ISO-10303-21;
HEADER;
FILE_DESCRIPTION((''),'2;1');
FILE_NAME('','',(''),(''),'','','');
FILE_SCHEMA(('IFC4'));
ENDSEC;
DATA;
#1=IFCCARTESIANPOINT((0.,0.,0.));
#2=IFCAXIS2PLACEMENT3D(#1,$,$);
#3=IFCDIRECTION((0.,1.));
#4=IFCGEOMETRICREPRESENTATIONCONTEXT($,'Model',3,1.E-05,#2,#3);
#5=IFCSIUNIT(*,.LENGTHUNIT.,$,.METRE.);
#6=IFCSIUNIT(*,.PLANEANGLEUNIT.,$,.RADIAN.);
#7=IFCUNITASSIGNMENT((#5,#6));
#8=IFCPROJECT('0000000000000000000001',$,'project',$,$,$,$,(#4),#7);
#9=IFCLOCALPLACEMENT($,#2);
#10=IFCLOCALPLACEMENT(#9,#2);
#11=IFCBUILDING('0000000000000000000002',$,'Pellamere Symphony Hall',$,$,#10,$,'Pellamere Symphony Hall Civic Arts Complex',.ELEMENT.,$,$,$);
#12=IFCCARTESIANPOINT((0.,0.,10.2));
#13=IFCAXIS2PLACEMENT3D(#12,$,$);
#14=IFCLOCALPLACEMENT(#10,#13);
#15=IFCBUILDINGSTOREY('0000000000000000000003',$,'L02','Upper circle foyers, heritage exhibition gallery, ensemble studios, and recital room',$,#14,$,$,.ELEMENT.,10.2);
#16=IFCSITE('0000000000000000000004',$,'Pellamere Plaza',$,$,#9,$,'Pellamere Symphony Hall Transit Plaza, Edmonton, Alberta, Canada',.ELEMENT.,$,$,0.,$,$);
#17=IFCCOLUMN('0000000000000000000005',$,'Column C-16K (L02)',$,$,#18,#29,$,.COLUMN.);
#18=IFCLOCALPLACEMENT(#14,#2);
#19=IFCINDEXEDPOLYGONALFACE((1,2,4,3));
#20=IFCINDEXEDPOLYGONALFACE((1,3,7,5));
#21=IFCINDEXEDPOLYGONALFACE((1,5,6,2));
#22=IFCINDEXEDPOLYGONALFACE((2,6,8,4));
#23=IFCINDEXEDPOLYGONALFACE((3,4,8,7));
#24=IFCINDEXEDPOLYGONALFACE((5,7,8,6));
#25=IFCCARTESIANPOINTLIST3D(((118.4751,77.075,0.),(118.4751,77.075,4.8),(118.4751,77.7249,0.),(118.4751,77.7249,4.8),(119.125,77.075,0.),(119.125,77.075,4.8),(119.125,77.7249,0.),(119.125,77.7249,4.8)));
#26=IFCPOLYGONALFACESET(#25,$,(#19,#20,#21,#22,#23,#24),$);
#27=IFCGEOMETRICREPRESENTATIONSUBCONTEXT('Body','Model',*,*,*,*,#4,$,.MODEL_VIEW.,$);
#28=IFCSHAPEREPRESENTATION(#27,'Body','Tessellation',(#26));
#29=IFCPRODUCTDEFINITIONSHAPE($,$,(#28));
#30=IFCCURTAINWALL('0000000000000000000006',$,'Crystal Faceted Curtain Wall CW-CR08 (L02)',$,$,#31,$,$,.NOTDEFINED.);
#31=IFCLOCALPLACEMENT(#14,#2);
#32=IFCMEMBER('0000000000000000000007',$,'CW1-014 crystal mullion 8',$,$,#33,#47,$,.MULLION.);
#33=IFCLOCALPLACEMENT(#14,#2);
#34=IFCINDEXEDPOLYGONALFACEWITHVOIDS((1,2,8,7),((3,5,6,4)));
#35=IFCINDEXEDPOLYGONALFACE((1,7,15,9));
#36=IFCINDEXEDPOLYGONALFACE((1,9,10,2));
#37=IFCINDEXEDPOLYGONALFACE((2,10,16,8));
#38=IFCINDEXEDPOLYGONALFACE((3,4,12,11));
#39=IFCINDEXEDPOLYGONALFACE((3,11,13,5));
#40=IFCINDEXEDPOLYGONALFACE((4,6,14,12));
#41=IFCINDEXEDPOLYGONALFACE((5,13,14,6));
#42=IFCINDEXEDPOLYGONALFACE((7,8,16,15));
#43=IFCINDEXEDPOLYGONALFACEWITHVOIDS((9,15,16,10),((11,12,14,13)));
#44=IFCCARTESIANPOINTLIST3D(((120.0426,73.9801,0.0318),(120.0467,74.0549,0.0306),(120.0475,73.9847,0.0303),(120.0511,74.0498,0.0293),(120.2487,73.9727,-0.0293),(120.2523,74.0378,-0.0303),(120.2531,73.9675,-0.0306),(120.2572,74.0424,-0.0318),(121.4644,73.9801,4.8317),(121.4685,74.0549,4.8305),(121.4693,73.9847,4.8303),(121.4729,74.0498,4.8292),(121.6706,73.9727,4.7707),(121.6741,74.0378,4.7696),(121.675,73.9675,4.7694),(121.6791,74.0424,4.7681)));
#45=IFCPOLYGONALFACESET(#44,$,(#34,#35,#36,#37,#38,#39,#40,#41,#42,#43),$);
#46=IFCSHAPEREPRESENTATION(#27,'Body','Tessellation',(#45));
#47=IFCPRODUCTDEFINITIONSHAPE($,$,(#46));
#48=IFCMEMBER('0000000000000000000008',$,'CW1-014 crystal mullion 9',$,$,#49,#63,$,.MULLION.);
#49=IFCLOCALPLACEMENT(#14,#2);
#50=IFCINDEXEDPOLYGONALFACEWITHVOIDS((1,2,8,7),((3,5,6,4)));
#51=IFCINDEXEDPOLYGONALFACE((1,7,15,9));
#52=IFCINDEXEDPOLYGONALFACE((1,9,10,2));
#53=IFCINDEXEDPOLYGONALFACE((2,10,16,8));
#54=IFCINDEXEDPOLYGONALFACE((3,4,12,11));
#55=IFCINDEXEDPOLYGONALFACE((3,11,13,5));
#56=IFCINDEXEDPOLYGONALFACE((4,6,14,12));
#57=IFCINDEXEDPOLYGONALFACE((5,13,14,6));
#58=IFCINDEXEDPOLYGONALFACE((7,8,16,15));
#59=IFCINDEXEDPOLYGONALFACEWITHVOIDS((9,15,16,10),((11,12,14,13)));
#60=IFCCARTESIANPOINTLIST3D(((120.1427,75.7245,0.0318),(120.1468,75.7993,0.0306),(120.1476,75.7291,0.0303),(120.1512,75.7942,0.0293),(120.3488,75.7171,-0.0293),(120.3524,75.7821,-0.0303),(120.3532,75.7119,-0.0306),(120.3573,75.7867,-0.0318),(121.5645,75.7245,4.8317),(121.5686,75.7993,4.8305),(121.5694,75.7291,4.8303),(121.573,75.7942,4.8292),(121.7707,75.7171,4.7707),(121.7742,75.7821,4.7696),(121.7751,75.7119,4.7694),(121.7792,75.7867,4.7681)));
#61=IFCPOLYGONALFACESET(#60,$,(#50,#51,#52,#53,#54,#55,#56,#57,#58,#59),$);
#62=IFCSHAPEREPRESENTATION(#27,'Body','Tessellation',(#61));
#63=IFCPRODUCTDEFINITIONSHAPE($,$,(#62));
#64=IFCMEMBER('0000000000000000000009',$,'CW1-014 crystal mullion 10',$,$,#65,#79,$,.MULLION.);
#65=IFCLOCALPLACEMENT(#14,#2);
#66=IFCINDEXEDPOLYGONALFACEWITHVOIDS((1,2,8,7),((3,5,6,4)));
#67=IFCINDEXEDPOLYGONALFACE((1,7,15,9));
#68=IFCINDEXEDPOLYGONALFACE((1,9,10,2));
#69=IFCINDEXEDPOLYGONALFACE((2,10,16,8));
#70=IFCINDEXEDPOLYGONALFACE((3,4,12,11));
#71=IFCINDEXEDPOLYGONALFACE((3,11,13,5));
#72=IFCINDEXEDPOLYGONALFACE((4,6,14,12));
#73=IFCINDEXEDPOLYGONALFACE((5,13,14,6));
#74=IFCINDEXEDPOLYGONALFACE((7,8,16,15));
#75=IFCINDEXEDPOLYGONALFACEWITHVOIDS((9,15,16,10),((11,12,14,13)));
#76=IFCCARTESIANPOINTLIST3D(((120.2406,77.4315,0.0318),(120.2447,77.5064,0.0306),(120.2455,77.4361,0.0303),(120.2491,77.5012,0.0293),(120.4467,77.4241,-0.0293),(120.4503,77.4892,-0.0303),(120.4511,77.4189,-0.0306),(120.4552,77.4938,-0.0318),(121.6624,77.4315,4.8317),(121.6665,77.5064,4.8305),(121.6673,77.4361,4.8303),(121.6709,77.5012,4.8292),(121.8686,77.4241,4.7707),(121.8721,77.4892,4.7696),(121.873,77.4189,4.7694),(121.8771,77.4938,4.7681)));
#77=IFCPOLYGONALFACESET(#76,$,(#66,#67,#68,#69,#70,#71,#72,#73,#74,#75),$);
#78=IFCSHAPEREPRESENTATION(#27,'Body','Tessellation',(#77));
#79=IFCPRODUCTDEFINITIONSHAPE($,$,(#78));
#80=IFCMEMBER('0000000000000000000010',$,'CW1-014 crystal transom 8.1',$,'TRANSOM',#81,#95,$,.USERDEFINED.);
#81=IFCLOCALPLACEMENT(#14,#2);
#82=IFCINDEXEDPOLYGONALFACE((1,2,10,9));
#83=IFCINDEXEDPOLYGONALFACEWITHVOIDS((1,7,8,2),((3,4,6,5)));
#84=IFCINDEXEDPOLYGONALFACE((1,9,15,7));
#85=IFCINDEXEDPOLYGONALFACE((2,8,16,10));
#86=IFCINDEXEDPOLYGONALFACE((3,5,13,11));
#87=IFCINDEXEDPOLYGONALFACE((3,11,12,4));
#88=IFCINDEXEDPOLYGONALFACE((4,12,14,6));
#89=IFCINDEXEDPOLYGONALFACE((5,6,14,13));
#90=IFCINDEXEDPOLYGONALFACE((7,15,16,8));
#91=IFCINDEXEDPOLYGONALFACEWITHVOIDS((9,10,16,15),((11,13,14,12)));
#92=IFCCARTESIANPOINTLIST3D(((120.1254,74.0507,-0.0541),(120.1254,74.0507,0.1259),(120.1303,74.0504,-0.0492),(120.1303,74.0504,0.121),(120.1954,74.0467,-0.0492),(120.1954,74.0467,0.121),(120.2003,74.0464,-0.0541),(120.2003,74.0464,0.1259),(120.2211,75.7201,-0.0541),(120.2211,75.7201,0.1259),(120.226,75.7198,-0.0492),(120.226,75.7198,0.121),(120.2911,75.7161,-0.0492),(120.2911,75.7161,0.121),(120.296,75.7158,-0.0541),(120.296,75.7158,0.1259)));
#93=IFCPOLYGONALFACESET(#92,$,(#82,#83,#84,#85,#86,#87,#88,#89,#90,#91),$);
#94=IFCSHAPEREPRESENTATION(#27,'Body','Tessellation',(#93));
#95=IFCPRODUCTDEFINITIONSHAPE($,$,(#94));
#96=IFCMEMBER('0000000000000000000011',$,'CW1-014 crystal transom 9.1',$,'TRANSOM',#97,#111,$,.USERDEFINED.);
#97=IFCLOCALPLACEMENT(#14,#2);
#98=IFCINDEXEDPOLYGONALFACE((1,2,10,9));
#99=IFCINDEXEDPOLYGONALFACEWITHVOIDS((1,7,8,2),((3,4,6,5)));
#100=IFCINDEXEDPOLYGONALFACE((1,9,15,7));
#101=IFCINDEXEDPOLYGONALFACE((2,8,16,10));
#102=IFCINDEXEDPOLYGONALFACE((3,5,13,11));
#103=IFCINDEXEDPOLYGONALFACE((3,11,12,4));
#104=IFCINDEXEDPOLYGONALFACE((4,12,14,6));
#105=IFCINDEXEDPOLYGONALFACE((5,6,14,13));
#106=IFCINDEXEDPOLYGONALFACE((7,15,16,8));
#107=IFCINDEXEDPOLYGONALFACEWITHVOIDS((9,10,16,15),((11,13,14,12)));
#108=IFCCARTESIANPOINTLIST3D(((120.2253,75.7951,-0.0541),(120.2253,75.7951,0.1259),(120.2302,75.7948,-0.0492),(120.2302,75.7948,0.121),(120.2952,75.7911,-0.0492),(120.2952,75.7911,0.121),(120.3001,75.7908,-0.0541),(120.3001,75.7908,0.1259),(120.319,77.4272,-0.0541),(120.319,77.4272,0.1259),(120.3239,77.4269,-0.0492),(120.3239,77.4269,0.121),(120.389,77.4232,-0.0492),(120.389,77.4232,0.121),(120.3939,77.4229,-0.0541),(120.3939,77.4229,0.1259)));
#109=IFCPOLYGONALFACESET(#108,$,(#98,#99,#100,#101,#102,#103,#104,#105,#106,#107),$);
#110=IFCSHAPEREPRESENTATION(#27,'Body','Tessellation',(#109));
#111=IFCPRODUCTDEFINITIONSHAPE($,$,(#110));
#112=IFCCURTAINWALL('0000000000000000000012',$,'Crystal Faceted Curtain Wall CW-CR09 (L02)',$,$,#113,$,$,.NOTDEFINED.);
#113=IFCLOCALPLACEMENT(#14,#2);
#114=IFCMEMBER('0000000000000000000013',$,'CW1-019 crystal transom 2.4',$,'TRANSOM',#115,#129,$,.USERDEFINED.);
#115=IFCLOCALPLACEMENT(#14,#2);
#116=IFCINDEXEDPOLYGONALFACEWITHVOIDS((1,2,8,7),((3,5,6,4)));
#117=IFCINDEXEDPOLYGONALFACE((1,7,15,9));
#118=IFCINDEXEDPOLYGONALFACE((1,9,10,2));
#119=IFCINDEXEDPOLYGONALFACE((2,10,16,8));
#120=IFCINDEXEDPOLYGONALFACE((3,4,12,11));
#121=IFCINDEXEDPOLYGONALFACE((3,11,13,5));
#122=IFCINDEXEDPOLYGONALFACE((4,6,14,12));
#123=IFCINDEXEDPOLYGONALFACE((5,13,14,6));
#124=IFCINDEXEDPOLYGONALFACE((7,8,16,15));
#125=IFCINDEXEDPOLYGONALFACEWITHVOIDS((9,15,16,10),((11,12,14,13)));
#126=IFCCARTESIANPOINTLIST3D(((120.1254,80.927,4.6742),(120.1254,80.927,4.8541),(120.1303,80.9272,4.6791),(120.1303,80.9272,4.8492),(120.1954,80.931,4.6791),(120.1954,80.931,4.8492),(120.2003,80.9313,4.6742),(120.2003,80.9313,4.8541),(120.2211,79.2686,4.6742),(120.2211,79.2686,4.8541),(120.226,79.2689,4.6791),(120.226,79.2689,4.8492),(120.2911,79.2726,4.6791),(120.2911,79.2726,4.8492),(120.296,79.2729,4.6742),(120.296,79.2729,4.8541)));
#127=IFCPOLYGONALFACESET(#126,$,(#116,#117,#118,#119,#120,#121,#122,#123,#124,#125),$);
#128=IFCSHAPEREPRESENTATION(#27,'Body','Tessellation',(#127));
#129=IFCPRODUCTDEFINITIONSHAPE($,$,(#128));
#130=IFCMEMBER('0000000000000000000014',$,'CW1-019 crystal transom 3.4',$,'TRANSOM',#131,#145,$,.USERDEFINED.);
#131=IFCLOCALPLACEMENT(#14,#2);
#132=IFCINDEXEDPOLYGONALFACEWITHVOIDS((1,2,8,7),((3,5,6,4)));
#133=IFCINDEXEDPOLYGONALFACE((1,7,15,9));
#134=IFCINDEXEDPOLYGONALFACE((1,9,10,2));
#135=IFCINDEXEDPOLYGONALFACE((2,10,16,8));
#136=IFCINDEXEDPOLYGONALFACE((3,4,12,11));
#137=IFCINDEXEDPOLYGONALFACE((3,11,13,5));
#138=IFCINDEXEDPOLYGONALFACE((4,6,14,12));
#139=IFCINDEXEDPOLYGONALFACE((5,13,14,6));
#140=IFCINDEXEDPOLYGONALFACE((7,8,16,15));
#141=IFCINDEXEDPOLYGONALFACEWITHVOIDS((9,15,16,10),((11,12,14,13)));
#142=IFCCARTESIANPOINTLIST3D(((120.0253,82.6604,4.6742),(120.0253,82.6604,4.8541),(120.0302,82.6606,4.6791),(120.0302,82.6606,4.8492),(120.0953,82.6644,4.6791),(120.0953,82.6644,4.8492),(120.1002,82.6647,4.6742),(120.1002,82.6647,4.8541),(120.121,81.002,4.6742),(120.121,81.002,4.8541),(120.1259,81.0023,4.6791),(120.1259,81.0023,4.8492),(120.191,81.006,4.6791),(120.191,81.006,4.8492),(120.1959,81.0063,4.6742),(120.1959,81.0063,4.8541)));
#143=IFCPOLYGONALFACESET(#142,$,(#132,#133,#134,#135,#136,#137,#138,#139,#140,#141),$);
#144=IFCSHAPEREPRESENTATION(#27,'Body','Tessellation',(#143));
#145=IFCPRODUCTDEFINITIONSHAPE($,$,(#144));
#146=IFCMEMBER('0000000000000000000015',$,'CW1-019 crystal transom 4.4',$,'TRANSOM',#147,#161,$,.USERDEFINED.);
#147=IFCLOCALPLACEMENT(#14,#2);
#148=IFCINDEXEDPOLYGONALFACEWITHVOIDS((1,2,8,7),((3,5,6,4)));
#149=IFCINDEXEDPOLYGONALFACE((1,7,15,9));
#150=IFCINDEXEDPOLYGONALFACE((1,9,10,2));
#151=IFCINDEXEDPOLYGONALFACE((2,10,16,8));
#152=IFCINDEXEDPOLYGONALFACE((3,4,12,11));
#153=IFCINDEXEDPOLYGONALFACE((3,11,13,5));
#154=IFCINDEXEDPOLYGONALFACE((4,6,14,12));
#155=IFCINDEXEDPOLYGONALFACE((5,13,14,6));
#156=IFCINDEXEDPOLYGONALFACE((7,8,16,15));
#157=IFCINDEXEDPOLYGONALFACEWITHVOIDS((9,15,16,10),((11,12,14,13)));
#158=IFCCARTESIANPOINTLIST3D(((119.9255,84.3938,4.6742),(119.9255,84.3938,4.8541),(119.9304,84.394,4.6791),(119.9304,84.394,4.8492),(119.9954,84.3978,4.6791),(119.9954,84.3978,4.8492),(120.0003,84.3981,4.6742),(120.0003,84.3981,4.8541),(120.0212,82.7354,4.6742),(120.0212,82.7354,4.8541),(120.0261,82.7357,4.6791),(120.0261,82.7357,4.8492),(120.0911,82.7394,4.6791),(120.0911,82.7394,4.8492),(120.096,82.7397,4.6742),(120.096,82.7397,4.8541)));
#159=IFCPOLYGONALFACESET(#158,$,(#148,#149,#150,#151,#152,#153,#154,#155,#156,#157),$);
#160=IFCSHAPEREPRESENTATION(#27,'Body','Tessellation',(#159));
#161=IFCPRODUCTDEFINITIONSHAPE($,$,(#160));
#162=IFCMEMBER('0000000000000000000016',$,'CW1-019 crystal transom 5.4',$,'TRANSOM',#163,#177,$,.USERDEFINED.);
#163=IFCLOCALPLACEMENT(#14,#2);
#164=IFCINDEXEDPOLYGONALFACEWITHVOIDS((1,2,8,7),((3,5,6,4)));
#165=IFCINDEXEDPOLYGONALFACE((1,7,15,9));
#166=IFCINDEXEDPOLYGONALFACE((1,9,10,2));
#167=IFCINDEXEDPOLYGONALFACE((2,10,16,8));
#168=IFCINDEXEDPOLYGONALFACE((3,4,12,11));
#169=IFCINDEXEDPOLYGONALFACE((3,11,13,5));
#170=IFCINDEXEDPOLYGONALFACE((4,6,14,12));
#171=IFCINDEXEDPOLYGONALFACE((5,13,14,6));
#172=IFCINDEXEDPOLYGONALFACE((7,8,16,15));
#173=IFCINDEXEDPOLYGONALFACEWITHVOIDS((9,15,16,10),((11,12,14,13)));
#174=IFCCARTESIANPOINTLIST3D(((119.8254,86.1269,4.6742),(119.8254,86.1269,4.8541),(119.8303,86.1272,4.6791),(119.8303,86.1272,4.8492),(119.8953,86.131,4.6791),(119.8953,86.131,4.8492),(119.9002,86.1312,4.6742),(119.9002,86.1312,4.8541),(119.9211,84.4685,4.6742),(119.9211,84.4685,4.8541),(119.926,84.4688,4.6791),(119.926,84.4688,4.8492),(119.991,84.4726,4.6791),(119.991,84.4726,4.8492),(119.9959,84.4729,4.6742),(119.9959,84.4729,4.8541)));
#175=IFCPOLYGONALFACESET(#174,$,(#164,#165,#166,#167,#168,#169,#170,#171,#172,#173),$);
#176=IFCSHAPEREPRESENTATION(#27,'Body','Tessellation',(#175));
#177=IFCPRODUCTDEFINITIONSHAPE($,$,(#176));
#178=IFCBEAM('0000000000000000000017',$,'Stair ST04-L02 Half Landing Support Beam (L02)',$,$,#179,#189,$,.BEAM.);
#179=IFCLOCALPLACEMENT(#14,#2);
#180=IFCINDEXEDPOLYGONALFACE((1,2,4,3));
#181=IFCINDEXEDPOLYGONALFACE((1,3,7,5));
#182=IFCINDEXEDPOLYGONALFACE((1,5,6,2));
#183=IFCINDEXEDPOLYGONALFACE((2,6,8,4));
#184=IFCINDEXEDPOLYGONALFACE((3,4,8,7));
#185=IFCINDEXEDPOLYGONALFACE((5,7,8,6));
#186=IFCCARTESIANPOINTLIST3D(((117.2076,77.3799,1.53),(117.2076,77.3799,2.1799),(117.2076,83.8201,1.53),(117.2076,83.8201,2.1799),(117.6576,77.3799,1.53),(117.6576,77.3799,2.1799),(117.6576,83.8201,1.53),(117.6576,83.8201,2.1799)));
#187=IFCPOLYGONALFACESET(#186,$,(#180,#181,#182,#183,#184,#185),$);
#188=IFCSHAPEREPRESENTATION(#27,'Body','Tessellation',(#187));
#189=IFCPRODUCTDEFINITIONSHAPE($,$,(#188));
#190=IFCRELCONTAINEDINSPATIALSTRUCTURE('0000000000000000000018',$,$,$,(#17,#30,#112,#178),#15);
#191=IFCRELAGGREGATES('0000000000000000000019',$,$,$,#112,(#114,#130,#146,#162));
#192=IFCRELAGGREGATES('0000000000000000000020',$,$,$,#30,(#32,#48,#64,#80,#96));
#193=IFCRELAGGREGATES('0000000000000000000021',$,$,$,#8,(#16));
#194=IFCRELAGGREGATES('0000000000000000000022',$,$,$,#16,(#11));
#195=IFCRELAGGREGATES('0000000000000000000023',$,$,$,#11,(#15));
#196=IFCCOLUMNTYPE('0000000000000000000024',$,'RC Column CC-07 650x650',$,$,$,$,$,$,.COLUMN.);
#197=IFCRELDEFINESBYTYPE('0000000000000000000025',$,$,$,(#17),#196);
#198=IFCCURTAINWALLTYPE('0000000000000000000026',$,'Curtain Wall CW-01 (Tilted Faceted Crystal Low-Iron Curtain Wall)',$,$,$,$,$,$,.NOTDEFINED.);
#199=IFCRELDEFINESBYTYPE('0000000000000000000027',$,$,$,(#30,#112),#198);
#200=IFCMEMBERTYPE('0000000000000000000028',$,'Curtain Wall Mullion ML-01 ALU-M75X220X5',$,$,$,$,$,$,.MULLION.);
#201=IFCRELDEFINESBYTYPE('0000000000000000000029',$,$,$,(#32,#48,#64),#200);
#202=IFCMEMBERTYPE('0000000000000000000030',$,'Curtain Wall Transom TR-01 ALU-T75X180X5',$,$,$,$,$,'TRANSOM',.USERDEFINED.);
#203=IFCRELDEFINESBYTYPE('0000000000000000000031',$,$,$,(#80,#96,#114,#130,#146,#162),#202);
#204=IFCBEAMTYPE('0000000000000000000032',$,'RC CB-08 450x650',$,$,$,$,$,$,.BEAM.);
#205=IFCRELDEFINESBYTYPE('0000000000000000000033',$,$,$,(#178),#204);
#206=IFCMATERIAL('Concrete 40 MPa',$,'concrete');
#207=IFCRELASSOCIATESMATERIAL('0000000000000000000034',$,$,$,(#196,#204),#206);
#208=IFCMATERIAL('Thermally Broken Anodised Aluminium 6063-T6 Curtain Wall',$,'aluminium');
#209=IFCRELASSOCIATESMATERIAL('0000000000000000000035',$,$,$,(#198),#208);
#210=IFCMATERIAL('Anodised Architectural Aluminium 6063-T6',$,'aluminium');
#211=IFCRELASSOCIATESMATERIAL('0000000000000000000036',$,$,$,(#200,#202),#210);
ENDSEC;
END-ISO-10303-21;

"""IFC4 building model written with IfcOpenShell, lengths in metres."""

from ifc_helpers import new_model, si_unit, direction, frame, origin, origin_2d, place, context, subcontext, project, spatial, rectangle, hollow_rectangle, extrude, material, material_profile, profile_set, type_object, element, aggregate, save


model = new_model("IFC4")

# Units and contexts
model_context = context("Model", 3, precision=1e-05, world=origin(), true_north=direction((0.0, 1.0)))
body_context = subcontext(model_context, "Body", "Model", "MODEL_VIEW")
ifc_project = project(units=[si_unit("LENGTHUNIT", "METRE"), si_unit("PLANEANGLEUNIT", "RADIAN")], contexts=[model_context])

# Site, building, storey
site_placement = place(None, origin())
site = spatial("IfcSite", under=ifc_project, at=site_placement, Name="Pellamere Plaza", LongName="Pellamere Symphony Hall Transit Plaza, Edmonton, Alberta, Canada", CompositionType="ELEMENT", RefElevation=0.0)
building_placement = place(site_placement, origin())
building = spatial("IfcBuilding", under=site, at=building_placement, Name="Pellamere Symphony Hall", LongName="Pellamere Symphony Hall Civic Arts Complex", CompositionType="ELEMENT")
storey_placement = place(building_placement, frame((0.0, 0.0, 10.2)))
storey = spatial("IfcBuildingStorey", under=building, at=storey_placement, Name="L02", Description="Upper circle foyers, heritage exhibition gallery, ensemble studios, and recital room", CompositionType="ELEMENT", Elevation=10.2)

# Column
ifc_material_1 = material(Name="Concrete 40 MPa", Category="concrete")
ifc_material_profile_1 = material_profile(ifc_material_1, rectangle(XDim=0.6499, YDim=0.6499, at=origin_2d()), Name="RC 650x650")
ifc_profile_set_1 = profile_set([ifc_material_profile_1], Name="Concrete 40 MPa")
column_type = type_object("IfcColumnType", Name="RC Column CC-07 650x650", PredefinedType="COLUMN", material=ifc_profile_set_1)
column_placement = place(storey_placement, frame((118.8, 77.3999, 0.0), z_axis=(0.0, 0.0, 1.0), x_axis=(1.0, 0.0, 0.0)))
element("IfcColumn", 1, at=column_placement, inside=storey, type_object=column_type, Name="Column C-16K (L02)", PredefinedType="COLUMN", context=body_context, shape_type="SweptSolid", body=[
    extrude(rectangle(XDim=0.6499, YDim=0.6499, at=origin_2d()), origin(), (0.0, 0.0, 1.0), 4.8),
])

# Curtain walls, members
ifc_material_2 = material(Name="Thermally Broken Anodised Aluminium 6063-T6 Curtain Wall", Category="aluminium")
curtain_wall_type = type_object("IfcCurtainWallType", Name="Curtain Wall CW-01 (Tilted Faceted Crystal Low-Iron Curtain Wall)", PredefinedType="NOTDEFINED", material=ifc_material_2)
curtain_wall_1_placement = place(storey_placement, origin())
curtain_wall_1 = element("IfcCurtainWall", 2, at=curtain_wall_1_placement, inside=storey, type_object=curtain_wall_type, Name="Crystal Faceted Curtain Wall CW-CR08 (L02)", PredefinedType="NOTDEFINED")
ifc_material_3 = material(Name="Anodised Architectural Aluminium 6063-T6", Category="aluminium")
ifc_material_profile_2 = material_profile(ifc_material_3, hollow_rectangle(XDim=0.075, YDim=0.22, WallThickness=0.0049, at=origin_2d()), Name="ALU-M75X220X5")
ifc_profile_set_2 = profile_set([ifc_material_profile_2], Name="Anodised Architectural Aluminium 6063-T6")
member_type_1 = type_object("IfcMemberType", Name="Curtain Wall Mullion ML-01 ALU-M75X220X5", PredefinedType="MULLION", material=ifc_profile_set_2)
member_1_placement = place(storey_placement, frame((120.1499, 74.0112, 0.0), z_axis=(0.284022, 0.0, 0.958818), x_axis=(-0.054874, -0.998361, 0.016255)))
member_1 = element("IfcMember", 3, at=member_1_placement, type_object=member_type_1, Name="CW1-014 crystal mullion 8", PredefinedType="MULLION", context=body_context, shape_type="SweptSolid", body=[
    extrude(hollow_rectangle(XDim=0.075, YDim=0.22, WallThickness=0.0049, at=origin_2d()), origin(), (0.0, 0.0, 1.0), 5.0061),
])
member_2_placement = place(storey_placement, frame((120.25, 75.7556, 0.0), z_axis=(0.284022, 0.0, 0.958818), x_axis=(-0.054874, -0.998361, 0.016255)))
member_2 = element("IfcMember", 4, at=member_2_placement, type_object=member_type_1, Name="CW1-014 crystal mullion 9", PredefinedType="MULLION", context=body_context, shape_type="SweptSolid", body=[
    extrude(hollow_rectangle(XDim=0.075, YDim=0.22, WallThickness=0.0049, at=origin_2d()), origin(), (0.0, 0.0, 1.0), 5.0061),
])
member_3_placement = place(storey_placement, frame((120.3479, 77.4626, 0.0), z_axis=(0.284022, 0.0, 0.958818), x_axis=(-0.054874, -0.998361, 0.016255)))
member_3 = element("IfcMember", 5, at=member_3_placement, type_object=member_type_1, Name="CW1-014 crystal mullion 10", PredefinedType="MULLION", context=body_context, shape_type="SweptSolid", body=[
    extrude(hollow_rectangle(XDim=0.075, YDim=0.22, WallThickness=0.0049, at=origin_2d()), origin(), (0.0, 0.0, 1.0), 5.0061),
])
ifc_material_profile_3 = material_profile(ifc_material_3, hollow_rectangle(XDim=0.075, YDim=0.1799, WallThickness=0.0049, at=origin_2d()), Name="ALU-T75X180X5")
ifc_profile_set_3 = profile_set([ifc_material_profile_3], Name="Anodised Architectural Aluminium 6063-T6")
member_type_2 = type_object("IfcMemberType", Name="Curtain Wall Transom TR-01 ALU-T75X180X5", ElementType="TRANSOM", PredefinedType="USERDEFINED", material=ifc_profile_set_3)
member_4_placement = place(storey_placement, frame((120.1628, 74.0486, 0.0359), z_axis=(0.057233, 0.998361, 0.0), x_axis=(-0.998361, 0.057233, 0.0)))
member_4 = element("IfcMember", 6, at=member_4_placement, type_object=member_type_2, Name="CW1-014 crystal transom 8.1", ObjectType="TRANSOM", PredefinedType="USERDEFINED", context=body_context, shape_type="SweptSolid", body=[
    extrude(hollow_rectangle(XDim=0.075, YDim=0.1799, WallThickness=0.0049, at=origin_2d()), origin(), (0.0, 0.0, 1.0), 1.6721),
])
member_5_placement = place(storey_placement, frame((120.2627, 75.793, 0.0359), z_axis=(0.057348, 0.998354, 0.0), x_axis=(-0.998354, 0.057348, 0.0)))
member_5 = element("IfcMember", 7, at=member_5_placement, type_object=member_type_2, Name="CW1-014 crystal transom 9.1", ObjectType="TRANSOM", PredefinedType="USERDEFINED", context=body_context, shape_type="SweptSolid", body=[
    extrude(hollow_rectangle(XDim=0.075, YDim=0.1799, WallThickness=0.0049, at=origin_2d()), origin(), (0.0, 0.0, 1.0), 1.6348),
])
curtain_wall_2_placement = place(storey_placement, origin())
curtain_wall_2 = element("IfcCurtainWall", 8, at=curtain_wall_2_placement, inside=storey, type_object=curtain_wall_type, Name="Crystal Faceted Curtain Wall CW-CR09 (L02)", PredefinedType="NOTDEFINED")
member_6_placement = place(storey_placement, frame((120.2585, 79.2708, 4.7642), z_axis=(-0.057611, 0.998339, 0.0), x_axis=(-0.998339, -0.057611, 0.0)))
member_6 = element("IfcMember", 9, at=member_6_placement, type_object=member_type_2, Name="CW1-019 crystal transom 2.4", ObjectType="TRANSOM", PredefinedType="USERDEFINED", context=body_context, shape_type="SweptSolid", body=[
    extrude(hollow_rectangle(XDim=0.075, YDim=0.1799, WallThickness=0.0049, at=origin_2d()), origin(), (0.0, 0.0, 1.0), 1.6611),
])
member_7_placement = place(storey_placement, frame((120.1584, 81.0042, 4.7642), z_axis=(-0.057611, 0.998339, 0.0), x_axis=(-0.998339, -0.057611, 0.0)))
member_7 = element("IfcMember", 10, at=member_7_placement, type_object=member_type_2, Name="CW1-019 crystal transom 3.4", ObjectType="TRANSOM", PredefinedType="USERDEFINED", context=body_context, shape_type="SweptSolid", body=[
    extrude(hollow_rectangle(XDim=0.075, YDim=0.1799, WallThickness=0.0049, at=origin_2d()), origin(), (0.0, 0.0, 1.0), 1.6611),
])
member_8_placement = place(storey_placement, frame((120.0586, 82.7375, 4.7642), z_axis=(-0.057611, 0.998339, 0.0), x_axis=(-0.998339, -0.057611, 0.0)))
member_8 = element("IfcMember", 11, at=member_8_placement, type_object=member_type_2, Name="CW1-019 crystal transom 4.4", ObjectType="TRANSOM", PredefinedType="USERDEFINED", context=body_context, shape_type="SweptSolid", body=[
    extrude(hollow_rectangle(XDim=0.075, YDim=0.1799, WallThickness=0.0049, at=origin_2d()), origin(), (0.0, 0.0, 1.0), 1.6611),
])
member_9_placement = place(storey_placement, frame((119.9585, 84.4707, 4.7642), z_axis=(-0.057611, 0.998339, 0.0), x_axis=(-0.998339, -0.057611, 0.0)))
member_9 = element("IfcMember", 12, at=member_9_placement, type_object=member_type_2, Name="CW1-019 crystal transom 5.4", ObjectType="TRANSOM", PredefinedType="USERDEFINED", context=body_context, shape_type="SweptSolid", body=[
    extrude(hollow_rectangle(XDim=0.075, YDim=0.1799, WallThickness=0.0049, at=origin_2d()), origin(), (0.0, 0.0, 1.0), 1.6611),
])
aggregate(curtain_wall_2, [member_6, member_7, member_8, member_9])

# Beam
ifc_material_profile_4 = material_profile(ifc_material_1, rectangle(XDim=0.45, YDim=0.6499, at=origin_2d()), Name="RC 450x650")
ifc_profile_set_4 = profile_set([ifc_material_profile_4], Name="Concrete 40 MPa")
beam_type_1 = type_object("IfcBeamType", Name="RC CB-08 450x650", PredefinedType="BEAM", material=ifc_profile_set_4)
beam_1_placement = place(storey_placement, frame((117.4326, 77.3799, 1.855), z_axis=(0.0, 1.0, 0.0), x_axis=(-1.0, 0.0, 0.0)))
element("IfcBeam", 13, at=beam_1_placement, inside=storey, type_object=beam_type_1, Name="Stair ST04-L02 Half Landing Support Beam (L02)", PredefinedType="BEAM", context=body_context, shape_type="SweptSolid", body=[
    extrude(rectangle(XDim=0.45, YDim=0.6499, at=origin_2d()), origin(), (0.0, 0.0, 1.0), 6.4402),
])

aggregate(curtain_wall_1, [member_1, member_2, member_3, member_4, member_5])

save(model, "model.ifc")
